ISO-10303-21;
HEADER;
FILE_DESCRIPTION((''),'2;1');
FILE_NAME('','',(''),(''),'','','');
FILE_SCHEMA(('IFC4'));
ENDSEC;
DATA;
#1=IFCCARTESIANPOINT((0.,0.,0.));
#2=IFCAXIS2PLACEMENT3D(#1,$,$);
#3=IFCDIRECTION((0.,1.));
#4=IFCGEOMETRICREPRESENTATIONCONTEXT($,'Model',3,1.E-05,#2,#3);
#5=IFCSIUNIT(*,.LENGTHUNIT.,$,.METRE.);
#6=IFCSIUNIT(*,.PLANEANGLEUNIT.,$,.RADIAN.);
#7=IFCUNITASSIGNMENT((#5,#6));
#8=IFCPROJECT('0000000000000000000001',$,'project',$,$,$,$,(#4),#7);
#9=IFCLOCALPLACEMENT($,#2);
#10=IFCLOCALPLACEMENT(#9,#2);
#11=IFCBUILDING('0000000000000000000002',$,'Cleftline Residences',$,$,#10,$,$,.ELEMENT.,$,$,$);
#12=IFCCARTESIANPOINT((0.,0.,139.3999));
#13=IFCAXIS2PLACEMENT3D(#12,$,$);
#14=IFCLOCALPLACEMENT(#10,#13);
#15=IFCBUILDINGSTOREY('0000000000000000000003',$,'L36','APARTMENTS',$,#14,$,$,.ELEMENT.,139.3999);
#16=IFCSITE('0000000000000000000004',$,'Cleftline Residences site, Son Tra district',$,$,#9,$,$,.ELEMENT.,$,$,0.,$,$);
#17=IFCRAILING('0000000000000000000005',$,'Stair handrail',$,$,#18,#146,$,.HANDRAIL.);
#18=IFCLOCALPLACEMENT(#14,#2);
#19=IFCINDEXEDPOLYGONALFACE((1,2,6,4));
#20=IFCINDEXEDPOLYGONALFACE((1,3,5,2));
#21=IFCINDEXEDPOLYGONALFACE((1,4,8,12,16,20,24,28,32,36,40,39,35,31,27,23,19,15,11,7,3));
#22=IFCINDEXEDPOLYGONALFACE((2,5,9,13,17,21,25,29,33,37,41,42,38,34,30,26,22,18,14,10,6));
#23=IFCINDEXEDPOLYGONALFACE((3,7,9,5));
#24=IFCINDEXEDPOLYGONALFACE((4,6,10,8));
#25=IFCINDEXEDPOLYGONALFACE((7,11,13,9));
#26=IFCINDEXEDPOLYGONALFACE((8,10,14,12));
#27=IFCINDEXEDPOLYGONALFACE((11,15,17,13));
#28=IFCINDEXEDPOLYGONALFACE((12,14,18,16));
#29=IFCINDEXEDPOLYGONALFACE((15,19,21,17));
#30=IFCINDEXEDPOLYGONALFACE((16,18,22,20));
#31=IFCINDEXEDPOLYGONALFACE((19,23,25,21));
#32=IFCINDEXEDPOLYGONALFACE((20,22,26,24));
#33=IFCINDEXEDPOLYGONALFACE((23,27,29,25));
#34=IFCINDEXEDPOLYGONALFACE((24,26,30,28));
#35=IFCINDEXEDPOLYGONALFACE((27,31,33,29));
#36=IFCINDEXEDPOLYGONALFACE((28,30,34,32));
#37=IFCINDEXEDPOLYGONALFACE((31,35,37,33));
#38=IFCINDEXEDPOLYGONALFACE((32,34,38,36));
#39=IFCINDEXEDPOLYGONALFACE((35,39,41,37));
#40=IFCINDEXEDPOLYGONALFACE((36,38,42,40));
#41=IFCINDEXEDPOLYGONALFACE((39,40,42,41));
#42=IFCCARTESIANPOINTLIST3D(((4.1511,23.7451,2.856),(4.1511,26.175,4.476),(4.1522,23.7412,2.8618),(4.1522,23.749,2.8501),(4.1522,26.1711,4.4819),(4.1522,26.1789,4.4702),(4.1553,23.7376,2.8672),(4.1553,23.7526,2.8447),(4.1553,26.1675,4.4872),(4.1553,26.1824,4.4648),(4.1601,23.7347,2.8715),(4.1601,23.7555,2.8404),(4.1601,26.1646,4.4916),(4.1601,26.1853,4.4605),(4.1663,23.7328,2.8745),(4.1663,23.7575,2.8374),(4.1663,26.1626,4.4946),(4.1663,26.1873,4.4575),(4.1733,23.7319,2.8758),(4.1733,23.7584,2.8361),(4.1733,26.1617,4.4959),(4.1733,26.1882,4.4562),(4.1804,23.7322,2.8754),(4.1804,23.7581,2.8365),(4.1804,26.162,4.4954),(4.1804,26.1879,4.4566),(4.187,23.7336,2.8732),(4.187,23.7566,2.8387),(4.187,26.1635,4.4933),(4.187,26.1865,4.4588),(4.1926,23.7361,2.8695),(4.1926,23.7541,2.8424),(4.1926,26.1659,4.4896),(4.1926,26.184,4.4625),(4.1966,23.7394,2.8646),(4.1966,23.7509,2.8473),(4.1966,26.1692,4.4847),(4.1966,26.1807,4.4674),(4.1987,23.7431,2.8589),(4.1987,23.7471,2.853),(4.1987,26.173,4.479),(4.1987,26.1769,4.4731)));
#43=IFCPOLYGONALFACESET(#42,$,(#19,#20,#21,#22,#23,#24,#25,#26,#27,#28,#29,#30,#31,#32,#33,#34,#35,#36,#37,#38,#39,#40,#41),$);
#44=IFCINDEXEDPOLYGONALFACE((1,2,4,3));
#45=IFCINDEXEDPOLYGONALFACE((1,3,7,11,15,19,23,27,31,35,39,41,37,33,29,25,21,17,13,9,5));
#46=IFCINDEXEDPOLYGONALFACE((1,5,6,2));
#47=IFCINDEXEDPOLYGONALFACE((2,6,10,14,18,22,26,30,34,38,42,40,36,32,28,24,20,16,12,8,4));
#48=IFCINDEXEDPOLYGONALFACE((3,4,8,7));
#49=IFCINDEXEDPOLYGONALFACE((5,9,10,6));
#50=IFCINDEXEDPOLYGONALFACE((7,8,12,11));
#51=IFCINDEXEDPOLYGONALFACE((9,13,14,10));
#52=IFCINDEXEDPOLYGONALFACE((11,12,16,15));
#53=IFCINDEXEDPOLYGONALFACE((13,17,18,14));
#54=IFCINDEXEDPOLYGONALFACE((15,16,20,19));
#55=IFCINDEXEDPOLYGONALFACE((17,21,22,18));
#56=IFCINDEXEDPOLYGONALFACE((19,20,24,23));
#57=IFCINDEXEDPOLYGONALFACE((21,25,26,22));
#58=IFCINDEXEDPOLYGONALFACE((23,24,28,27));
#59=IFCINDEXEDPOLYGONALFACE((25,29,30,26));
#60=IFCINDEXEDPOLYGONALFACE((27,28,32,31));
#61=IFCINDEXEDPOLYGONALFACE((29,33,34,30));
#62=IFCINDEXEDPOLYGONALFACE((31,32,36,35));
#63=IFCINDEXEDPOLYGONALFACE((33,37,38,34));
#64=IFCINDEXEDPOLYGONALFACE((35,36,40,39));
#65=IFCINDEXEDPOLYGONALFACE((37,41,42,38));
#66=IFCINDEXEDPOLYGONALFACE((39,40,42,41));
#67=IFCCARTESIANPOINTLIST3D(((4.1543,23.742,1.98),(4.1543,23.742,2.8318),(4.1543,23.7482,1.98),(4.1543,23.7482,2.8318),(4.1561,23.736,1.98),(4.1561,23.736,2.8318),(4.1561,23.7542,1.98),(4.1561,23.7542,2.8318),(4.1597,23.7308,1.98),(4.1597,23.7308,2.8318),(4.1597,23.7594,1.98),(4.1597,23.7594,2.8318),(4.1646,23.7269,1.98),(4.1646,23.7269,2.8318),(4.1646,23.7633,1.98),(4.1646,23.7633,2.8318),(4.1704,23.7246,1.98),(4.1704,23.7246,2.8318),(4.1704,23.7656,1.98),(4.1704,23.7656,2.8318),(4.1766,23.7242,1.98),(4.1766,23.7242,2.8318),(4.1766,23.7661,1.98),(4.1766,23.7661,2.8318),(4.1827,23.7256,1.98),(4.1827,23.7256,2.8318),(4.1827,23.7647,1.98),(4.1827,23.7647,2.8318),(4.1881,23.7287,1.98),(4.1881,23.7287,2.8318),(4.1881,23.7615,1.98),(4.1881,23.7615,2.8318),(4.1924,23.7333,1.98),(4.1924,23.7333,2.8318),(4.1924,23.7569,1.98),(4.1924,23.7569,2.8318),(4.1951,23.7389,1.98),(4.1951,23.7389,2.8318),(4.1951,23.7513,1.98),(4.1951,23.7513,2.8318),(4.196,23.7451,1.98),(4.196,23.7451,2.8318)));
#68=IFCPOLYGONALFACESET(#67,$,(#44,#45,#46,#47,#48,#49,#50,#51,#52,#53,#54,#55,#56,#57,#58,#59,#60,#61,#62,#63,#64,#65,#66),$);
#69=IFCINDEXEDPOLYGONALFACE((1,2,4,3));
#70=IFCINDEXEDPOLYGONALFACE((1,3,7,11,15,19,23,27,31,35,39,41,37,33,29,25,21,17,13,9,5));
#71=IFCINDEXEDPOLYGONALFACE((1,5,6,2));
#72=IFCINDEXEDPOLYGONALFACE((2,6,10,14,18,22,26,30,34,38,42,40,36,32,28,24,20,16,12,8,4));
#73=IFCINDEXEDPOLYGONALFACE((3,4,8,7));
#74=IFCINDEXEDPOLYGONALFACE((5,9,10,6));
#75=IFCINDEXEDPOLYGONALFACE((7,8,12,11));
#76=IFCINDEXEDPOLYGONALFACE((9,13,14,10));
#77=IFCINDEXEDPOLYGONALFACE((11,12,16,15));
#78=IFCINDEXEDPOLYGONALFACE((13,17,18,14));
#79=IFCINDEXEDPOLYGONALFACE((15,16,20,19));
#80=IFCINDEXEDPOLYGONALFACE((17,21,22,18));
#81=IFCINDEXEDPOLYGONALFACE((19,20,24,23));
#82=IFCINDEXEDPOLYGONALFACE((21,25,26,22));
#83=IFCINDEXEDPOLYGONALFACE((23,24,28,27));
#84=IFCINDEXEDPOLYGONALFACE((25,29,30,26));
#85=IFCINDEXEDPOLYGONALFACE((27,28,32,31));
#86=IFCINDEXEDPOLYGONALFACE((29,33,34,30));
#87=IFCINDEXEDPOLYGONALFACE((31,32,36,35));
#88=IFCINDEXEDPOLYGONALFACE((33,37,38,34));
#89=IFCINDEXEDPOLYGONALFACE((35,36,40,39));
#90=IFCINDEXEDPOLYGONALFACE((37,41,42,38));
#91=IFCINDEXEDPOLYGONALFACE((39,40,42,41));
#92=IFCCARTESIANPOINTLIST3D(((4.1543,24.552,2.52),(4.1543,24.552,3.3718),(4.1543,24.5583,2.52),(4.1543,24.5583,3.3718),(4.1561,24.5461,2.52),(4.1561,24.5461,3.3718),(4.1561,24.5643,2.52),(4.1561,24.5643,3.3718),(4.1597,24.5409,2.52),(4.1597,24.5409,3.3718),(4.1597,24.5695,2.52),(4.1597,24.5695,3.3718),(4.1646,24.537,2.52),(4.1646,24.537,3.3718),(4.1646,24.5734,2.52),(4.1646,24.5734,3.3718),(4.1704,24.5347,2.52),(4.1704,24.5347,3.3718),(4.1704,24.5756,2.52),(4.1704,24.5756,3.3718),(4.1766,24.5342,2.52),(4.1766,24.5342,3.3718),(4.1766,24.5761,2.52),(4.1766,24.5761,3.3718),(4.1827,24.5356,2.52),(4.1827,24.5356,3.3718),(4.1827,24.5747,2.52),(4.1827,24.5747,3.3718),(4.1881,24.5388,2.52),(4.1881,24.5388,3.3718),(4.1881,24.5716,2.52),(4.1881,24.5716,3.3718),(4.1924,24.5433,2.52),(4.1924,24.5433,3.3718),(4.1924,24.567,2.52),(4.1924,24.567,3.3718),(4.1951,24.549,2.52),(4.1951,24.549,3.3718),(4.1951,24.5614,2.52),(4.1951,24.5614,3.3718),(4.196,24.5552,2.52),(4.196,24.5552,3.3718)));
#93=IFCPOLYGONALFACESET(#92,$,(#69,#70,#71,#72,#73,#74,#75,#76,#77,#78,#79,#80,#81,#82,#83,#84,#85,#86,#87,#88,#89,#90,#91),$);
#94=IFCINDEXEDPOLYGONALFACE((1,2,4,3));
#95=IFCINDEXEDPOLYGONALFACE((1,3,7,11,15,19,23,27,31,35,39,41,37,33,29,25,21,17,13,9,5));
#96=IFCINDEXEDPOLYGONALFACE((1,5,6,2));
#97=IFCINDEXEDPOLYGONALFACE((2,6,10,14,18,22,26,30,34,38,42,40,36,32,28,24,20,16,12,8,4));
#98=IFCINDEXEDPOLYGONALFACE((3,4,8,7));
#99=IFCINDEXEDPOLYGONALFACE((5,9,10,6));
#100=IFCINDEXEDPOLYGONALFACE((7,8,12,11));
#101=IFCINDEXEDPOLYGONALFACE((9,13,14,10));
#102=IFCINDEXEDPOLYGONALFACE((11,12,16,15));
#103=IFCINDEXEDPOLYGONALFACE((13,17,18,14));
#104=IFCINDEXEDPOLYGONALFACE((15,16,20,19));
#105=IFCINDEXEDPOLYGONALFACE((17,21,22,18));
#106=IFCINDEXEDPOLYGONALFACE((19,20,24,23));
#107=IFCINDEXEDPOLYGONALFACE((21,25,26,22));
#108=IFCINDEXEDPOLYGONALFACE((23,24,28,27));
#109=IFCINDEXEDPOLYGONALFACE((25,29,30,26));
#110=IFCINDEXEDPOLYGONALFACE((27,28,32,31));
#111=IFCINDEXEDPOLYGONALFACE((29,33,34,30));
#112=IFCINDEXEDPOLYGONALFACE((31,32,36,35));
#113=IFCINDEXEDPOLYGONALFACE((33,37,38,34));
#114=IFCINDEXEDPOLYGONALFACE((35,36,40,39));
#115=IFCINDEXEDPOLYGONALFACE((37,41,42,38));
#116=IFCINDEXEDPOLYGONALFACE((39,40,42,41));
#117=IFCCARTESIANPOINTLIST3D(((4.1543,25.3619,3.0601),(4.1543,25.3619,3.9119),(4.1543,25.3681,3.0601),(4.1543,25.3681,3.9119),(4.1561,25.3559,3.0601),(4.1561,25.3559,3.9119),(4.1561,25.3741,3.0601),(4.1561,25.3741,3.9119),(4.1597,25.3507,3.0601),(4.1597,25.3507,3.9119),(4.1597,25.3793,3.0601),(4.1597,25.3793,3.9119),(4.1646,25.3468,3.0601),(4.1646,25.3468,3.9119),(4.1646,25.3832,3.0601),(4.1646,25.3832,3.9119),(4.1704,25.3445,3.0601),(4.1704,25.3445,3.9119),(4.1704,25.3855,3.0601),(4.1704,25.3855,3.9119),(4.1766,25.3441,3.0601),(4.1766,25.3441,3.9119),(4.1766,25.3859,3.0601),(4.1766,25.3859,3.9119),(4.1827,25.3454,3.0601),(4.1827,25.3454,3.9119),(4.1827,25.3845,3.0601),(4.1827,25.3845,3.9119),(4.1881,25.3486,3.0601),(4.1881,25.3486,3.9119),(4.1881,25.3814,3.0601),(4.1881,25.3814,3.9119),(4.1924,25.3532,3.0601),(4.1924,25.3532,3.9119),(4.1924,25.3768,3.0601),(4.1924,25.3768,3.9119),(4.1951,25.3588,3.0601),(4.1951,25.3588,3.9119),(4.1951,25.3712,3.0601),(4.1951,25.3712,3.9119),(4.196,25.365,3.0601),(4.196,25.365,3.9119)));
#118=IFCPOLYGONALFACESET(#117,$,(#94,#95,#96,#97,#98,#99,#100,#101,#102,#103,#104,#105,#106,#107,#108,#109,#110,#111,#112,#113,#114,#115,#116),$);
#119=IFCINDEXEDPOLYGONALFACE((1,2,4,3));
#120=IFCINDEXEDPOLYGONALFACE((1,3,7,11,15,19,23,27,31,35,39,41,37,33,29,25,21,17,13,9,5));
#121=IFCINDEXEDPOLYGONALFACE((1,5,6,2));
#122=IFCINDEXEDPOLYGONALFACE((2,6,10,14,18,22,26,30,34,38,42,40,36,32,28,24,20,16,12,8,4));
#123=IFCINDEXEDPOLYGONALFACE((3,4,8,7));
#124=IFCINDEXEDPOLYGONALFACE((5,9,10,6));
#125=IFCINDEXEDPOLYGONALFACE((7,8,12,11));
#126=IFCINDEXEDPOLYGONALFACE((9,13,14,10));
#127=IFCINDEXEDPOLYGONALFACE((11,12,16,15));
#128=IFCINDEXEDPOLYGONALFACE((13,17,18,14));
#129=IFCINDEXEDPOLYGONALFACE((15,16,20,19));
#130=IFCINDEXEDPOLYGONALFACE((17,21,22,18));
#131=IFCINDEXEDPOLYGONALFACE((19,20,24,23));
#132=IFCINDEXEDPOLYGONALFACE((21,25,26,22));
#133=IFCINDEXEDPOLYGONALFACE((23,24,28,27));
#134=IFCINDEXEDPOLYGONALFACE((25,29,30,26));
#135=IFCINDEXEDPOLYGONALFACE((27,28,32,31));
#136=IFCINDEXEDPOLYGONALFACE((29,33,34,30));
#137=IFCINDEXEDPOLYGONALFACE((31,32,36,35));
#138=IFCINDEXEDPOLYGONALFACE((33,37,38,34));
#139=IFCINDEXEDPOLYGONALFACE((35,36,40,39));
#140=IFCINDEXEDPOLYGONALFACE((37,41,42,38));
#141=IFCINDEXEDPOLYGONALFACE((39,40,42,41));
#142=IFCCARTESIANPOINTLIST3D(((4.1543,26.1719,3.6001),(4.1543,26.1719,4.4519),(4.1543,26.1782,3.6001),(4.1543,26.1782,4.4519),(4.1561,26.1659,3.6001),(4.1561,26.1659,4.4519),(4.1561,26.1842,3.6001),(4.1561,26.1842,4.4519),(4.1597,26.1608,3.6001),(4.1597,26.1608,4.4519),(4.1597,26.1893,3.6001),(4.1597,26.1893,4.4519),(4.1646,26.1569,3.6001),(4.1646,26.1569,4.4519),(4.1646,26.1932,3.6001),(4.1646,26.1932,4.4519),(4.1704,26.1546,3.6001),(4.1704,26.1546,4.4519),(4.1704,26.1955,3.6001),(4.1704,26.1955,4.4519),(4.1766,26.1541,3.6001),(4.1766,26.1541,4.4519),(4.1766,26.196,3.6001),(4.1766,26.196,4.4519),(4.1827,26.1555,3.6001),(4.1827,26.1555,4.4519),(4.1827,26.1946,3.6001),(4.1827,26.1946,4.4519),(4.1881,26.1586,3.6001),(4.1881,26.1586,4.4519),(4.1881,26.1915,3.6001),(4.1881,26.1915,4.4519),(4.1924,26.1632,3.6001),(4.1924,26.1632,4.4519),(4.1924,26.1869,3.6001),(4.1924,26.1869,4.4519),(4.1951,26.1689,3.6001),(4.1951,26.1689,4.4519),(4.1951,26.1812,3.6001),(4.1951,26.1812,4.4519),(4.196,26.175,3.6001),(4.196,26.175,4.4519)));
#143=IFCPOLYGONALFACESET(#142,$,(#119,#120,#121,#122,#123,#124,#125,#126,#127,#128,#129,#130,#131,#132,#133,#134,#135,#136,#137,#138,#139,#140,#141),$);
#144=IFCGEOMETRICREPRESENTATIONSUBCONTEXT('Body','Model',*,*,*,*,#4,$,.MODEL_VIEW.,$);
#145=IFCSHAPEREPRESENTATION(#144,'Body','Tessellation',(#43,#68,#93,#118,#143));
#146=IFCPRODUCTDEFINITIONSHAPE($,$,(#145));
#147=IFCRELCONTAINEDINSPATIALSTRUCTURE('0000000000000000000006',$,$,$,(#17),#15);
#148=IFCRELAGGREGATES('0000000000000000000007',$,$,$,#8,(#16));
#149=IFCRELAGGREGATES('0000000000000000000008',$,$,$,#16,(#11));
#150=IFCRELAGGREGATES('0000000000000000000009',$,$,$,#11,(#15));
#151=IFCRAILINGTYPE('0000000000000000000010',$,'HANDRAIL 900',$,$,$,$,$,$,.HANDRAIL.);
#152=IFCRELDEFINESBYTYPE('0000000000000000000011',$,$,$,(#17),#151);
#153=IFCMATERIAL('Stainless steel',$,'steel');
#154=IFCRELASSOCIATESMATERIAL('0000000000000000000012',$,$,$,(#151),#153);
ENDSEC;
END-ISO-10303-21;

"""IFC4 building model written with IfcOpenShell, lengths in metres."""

from ifc_helpers import new_model, si_unit, direction, frame, origin, origin_2d, place, context, subcontext, project, spatial, circle, extrude, material, type_object, element, save


model = new_model("IFC4")

# Units and contexts
model_context = context("Model", 3, precision=1e-05, world=origin(), true_north=direction((0.0, 1.0)))
body_context = subcontext(model_context, "Body", "Model", "MODEL_VIEW")
ifc_project = project(units=[si_unit("LENGTHUNIT", "METRE"), si_unit("PLANEANGLEUNIT", "RADIAN")], contexts=[model_context])

# Site, building, storey
site_placement = place(None, origin())
site = spatial("IfcSite", under=ifc_project, at=site_placement, Name="Cleftline Residences site, Son Tra district", CompositionType="ELEMENT", RefElevation=0.0)
building_placement = place(site_placement, origin())
building = spatial("IfcBuilding", under=site, at=building_placement, Name="Cleftline Residences", CompositionType="ELEMENT")
storey_placement = place(building_placement, frame((0.0, 0.0, 139.3999)))
storey = spatial("IfcBuildingStorey", under=building, at=storey_placement, Name="L36", Description="APARTMENTS", CompositionType="ELEMENT", Elevation=139.3999)

# Railing
ifc_material_1 = material(Name="Stainless steel", Category="steel")
railing_type = type_object("IfcRailingType", Name="HANDRAIL 900", PredefinedType="HANDRAIL", material=ifc_material_1)
railing_1_placement = place(storey_placement, frame((4.175, 23.7451, 1.98)))
element("IfcRailing", 1, at=railing_1_placement, inside=storey, type_object=railing_type, Name="Stair handrail", PredefinedType="HANDRAIL", context=body_context, shape_type="SweptSolid", body=[
    extrude(circle(Radius=0.0239, at=origin_2d()), frame((0.0, 0.0, 0.876), z_axis=(0.0, 0.832025, 0.554739), x_axis=(-1.0, 0.0, 0.0)), (0.0, 0.0, 1.0), 2.9204),
    extrude(circle(Radius=0.021, at=origin_2d()), origin(), (0.0, 0.0, 1.0), 0.8518),
    extrude(circle(Radius=0.021, at=origin_2d()), frame((0.0, 0.8101, 0.54)), (0.0, 0.0, 1.0), 0.8518),
    extrude(circle(Radius=0.021, at=origin_2d()), frame((0.0, 1.6199, 1.0801)), (0.0, 0.0, 1.0), 0.8518),
    extrude(circle(Radius=0.021, at=origin_2d()), frame((0.0, 2.4299, 1.6201)), (0.0, 0.0, 1.0), 0.8518),
])

save(model, "model.ifc")
